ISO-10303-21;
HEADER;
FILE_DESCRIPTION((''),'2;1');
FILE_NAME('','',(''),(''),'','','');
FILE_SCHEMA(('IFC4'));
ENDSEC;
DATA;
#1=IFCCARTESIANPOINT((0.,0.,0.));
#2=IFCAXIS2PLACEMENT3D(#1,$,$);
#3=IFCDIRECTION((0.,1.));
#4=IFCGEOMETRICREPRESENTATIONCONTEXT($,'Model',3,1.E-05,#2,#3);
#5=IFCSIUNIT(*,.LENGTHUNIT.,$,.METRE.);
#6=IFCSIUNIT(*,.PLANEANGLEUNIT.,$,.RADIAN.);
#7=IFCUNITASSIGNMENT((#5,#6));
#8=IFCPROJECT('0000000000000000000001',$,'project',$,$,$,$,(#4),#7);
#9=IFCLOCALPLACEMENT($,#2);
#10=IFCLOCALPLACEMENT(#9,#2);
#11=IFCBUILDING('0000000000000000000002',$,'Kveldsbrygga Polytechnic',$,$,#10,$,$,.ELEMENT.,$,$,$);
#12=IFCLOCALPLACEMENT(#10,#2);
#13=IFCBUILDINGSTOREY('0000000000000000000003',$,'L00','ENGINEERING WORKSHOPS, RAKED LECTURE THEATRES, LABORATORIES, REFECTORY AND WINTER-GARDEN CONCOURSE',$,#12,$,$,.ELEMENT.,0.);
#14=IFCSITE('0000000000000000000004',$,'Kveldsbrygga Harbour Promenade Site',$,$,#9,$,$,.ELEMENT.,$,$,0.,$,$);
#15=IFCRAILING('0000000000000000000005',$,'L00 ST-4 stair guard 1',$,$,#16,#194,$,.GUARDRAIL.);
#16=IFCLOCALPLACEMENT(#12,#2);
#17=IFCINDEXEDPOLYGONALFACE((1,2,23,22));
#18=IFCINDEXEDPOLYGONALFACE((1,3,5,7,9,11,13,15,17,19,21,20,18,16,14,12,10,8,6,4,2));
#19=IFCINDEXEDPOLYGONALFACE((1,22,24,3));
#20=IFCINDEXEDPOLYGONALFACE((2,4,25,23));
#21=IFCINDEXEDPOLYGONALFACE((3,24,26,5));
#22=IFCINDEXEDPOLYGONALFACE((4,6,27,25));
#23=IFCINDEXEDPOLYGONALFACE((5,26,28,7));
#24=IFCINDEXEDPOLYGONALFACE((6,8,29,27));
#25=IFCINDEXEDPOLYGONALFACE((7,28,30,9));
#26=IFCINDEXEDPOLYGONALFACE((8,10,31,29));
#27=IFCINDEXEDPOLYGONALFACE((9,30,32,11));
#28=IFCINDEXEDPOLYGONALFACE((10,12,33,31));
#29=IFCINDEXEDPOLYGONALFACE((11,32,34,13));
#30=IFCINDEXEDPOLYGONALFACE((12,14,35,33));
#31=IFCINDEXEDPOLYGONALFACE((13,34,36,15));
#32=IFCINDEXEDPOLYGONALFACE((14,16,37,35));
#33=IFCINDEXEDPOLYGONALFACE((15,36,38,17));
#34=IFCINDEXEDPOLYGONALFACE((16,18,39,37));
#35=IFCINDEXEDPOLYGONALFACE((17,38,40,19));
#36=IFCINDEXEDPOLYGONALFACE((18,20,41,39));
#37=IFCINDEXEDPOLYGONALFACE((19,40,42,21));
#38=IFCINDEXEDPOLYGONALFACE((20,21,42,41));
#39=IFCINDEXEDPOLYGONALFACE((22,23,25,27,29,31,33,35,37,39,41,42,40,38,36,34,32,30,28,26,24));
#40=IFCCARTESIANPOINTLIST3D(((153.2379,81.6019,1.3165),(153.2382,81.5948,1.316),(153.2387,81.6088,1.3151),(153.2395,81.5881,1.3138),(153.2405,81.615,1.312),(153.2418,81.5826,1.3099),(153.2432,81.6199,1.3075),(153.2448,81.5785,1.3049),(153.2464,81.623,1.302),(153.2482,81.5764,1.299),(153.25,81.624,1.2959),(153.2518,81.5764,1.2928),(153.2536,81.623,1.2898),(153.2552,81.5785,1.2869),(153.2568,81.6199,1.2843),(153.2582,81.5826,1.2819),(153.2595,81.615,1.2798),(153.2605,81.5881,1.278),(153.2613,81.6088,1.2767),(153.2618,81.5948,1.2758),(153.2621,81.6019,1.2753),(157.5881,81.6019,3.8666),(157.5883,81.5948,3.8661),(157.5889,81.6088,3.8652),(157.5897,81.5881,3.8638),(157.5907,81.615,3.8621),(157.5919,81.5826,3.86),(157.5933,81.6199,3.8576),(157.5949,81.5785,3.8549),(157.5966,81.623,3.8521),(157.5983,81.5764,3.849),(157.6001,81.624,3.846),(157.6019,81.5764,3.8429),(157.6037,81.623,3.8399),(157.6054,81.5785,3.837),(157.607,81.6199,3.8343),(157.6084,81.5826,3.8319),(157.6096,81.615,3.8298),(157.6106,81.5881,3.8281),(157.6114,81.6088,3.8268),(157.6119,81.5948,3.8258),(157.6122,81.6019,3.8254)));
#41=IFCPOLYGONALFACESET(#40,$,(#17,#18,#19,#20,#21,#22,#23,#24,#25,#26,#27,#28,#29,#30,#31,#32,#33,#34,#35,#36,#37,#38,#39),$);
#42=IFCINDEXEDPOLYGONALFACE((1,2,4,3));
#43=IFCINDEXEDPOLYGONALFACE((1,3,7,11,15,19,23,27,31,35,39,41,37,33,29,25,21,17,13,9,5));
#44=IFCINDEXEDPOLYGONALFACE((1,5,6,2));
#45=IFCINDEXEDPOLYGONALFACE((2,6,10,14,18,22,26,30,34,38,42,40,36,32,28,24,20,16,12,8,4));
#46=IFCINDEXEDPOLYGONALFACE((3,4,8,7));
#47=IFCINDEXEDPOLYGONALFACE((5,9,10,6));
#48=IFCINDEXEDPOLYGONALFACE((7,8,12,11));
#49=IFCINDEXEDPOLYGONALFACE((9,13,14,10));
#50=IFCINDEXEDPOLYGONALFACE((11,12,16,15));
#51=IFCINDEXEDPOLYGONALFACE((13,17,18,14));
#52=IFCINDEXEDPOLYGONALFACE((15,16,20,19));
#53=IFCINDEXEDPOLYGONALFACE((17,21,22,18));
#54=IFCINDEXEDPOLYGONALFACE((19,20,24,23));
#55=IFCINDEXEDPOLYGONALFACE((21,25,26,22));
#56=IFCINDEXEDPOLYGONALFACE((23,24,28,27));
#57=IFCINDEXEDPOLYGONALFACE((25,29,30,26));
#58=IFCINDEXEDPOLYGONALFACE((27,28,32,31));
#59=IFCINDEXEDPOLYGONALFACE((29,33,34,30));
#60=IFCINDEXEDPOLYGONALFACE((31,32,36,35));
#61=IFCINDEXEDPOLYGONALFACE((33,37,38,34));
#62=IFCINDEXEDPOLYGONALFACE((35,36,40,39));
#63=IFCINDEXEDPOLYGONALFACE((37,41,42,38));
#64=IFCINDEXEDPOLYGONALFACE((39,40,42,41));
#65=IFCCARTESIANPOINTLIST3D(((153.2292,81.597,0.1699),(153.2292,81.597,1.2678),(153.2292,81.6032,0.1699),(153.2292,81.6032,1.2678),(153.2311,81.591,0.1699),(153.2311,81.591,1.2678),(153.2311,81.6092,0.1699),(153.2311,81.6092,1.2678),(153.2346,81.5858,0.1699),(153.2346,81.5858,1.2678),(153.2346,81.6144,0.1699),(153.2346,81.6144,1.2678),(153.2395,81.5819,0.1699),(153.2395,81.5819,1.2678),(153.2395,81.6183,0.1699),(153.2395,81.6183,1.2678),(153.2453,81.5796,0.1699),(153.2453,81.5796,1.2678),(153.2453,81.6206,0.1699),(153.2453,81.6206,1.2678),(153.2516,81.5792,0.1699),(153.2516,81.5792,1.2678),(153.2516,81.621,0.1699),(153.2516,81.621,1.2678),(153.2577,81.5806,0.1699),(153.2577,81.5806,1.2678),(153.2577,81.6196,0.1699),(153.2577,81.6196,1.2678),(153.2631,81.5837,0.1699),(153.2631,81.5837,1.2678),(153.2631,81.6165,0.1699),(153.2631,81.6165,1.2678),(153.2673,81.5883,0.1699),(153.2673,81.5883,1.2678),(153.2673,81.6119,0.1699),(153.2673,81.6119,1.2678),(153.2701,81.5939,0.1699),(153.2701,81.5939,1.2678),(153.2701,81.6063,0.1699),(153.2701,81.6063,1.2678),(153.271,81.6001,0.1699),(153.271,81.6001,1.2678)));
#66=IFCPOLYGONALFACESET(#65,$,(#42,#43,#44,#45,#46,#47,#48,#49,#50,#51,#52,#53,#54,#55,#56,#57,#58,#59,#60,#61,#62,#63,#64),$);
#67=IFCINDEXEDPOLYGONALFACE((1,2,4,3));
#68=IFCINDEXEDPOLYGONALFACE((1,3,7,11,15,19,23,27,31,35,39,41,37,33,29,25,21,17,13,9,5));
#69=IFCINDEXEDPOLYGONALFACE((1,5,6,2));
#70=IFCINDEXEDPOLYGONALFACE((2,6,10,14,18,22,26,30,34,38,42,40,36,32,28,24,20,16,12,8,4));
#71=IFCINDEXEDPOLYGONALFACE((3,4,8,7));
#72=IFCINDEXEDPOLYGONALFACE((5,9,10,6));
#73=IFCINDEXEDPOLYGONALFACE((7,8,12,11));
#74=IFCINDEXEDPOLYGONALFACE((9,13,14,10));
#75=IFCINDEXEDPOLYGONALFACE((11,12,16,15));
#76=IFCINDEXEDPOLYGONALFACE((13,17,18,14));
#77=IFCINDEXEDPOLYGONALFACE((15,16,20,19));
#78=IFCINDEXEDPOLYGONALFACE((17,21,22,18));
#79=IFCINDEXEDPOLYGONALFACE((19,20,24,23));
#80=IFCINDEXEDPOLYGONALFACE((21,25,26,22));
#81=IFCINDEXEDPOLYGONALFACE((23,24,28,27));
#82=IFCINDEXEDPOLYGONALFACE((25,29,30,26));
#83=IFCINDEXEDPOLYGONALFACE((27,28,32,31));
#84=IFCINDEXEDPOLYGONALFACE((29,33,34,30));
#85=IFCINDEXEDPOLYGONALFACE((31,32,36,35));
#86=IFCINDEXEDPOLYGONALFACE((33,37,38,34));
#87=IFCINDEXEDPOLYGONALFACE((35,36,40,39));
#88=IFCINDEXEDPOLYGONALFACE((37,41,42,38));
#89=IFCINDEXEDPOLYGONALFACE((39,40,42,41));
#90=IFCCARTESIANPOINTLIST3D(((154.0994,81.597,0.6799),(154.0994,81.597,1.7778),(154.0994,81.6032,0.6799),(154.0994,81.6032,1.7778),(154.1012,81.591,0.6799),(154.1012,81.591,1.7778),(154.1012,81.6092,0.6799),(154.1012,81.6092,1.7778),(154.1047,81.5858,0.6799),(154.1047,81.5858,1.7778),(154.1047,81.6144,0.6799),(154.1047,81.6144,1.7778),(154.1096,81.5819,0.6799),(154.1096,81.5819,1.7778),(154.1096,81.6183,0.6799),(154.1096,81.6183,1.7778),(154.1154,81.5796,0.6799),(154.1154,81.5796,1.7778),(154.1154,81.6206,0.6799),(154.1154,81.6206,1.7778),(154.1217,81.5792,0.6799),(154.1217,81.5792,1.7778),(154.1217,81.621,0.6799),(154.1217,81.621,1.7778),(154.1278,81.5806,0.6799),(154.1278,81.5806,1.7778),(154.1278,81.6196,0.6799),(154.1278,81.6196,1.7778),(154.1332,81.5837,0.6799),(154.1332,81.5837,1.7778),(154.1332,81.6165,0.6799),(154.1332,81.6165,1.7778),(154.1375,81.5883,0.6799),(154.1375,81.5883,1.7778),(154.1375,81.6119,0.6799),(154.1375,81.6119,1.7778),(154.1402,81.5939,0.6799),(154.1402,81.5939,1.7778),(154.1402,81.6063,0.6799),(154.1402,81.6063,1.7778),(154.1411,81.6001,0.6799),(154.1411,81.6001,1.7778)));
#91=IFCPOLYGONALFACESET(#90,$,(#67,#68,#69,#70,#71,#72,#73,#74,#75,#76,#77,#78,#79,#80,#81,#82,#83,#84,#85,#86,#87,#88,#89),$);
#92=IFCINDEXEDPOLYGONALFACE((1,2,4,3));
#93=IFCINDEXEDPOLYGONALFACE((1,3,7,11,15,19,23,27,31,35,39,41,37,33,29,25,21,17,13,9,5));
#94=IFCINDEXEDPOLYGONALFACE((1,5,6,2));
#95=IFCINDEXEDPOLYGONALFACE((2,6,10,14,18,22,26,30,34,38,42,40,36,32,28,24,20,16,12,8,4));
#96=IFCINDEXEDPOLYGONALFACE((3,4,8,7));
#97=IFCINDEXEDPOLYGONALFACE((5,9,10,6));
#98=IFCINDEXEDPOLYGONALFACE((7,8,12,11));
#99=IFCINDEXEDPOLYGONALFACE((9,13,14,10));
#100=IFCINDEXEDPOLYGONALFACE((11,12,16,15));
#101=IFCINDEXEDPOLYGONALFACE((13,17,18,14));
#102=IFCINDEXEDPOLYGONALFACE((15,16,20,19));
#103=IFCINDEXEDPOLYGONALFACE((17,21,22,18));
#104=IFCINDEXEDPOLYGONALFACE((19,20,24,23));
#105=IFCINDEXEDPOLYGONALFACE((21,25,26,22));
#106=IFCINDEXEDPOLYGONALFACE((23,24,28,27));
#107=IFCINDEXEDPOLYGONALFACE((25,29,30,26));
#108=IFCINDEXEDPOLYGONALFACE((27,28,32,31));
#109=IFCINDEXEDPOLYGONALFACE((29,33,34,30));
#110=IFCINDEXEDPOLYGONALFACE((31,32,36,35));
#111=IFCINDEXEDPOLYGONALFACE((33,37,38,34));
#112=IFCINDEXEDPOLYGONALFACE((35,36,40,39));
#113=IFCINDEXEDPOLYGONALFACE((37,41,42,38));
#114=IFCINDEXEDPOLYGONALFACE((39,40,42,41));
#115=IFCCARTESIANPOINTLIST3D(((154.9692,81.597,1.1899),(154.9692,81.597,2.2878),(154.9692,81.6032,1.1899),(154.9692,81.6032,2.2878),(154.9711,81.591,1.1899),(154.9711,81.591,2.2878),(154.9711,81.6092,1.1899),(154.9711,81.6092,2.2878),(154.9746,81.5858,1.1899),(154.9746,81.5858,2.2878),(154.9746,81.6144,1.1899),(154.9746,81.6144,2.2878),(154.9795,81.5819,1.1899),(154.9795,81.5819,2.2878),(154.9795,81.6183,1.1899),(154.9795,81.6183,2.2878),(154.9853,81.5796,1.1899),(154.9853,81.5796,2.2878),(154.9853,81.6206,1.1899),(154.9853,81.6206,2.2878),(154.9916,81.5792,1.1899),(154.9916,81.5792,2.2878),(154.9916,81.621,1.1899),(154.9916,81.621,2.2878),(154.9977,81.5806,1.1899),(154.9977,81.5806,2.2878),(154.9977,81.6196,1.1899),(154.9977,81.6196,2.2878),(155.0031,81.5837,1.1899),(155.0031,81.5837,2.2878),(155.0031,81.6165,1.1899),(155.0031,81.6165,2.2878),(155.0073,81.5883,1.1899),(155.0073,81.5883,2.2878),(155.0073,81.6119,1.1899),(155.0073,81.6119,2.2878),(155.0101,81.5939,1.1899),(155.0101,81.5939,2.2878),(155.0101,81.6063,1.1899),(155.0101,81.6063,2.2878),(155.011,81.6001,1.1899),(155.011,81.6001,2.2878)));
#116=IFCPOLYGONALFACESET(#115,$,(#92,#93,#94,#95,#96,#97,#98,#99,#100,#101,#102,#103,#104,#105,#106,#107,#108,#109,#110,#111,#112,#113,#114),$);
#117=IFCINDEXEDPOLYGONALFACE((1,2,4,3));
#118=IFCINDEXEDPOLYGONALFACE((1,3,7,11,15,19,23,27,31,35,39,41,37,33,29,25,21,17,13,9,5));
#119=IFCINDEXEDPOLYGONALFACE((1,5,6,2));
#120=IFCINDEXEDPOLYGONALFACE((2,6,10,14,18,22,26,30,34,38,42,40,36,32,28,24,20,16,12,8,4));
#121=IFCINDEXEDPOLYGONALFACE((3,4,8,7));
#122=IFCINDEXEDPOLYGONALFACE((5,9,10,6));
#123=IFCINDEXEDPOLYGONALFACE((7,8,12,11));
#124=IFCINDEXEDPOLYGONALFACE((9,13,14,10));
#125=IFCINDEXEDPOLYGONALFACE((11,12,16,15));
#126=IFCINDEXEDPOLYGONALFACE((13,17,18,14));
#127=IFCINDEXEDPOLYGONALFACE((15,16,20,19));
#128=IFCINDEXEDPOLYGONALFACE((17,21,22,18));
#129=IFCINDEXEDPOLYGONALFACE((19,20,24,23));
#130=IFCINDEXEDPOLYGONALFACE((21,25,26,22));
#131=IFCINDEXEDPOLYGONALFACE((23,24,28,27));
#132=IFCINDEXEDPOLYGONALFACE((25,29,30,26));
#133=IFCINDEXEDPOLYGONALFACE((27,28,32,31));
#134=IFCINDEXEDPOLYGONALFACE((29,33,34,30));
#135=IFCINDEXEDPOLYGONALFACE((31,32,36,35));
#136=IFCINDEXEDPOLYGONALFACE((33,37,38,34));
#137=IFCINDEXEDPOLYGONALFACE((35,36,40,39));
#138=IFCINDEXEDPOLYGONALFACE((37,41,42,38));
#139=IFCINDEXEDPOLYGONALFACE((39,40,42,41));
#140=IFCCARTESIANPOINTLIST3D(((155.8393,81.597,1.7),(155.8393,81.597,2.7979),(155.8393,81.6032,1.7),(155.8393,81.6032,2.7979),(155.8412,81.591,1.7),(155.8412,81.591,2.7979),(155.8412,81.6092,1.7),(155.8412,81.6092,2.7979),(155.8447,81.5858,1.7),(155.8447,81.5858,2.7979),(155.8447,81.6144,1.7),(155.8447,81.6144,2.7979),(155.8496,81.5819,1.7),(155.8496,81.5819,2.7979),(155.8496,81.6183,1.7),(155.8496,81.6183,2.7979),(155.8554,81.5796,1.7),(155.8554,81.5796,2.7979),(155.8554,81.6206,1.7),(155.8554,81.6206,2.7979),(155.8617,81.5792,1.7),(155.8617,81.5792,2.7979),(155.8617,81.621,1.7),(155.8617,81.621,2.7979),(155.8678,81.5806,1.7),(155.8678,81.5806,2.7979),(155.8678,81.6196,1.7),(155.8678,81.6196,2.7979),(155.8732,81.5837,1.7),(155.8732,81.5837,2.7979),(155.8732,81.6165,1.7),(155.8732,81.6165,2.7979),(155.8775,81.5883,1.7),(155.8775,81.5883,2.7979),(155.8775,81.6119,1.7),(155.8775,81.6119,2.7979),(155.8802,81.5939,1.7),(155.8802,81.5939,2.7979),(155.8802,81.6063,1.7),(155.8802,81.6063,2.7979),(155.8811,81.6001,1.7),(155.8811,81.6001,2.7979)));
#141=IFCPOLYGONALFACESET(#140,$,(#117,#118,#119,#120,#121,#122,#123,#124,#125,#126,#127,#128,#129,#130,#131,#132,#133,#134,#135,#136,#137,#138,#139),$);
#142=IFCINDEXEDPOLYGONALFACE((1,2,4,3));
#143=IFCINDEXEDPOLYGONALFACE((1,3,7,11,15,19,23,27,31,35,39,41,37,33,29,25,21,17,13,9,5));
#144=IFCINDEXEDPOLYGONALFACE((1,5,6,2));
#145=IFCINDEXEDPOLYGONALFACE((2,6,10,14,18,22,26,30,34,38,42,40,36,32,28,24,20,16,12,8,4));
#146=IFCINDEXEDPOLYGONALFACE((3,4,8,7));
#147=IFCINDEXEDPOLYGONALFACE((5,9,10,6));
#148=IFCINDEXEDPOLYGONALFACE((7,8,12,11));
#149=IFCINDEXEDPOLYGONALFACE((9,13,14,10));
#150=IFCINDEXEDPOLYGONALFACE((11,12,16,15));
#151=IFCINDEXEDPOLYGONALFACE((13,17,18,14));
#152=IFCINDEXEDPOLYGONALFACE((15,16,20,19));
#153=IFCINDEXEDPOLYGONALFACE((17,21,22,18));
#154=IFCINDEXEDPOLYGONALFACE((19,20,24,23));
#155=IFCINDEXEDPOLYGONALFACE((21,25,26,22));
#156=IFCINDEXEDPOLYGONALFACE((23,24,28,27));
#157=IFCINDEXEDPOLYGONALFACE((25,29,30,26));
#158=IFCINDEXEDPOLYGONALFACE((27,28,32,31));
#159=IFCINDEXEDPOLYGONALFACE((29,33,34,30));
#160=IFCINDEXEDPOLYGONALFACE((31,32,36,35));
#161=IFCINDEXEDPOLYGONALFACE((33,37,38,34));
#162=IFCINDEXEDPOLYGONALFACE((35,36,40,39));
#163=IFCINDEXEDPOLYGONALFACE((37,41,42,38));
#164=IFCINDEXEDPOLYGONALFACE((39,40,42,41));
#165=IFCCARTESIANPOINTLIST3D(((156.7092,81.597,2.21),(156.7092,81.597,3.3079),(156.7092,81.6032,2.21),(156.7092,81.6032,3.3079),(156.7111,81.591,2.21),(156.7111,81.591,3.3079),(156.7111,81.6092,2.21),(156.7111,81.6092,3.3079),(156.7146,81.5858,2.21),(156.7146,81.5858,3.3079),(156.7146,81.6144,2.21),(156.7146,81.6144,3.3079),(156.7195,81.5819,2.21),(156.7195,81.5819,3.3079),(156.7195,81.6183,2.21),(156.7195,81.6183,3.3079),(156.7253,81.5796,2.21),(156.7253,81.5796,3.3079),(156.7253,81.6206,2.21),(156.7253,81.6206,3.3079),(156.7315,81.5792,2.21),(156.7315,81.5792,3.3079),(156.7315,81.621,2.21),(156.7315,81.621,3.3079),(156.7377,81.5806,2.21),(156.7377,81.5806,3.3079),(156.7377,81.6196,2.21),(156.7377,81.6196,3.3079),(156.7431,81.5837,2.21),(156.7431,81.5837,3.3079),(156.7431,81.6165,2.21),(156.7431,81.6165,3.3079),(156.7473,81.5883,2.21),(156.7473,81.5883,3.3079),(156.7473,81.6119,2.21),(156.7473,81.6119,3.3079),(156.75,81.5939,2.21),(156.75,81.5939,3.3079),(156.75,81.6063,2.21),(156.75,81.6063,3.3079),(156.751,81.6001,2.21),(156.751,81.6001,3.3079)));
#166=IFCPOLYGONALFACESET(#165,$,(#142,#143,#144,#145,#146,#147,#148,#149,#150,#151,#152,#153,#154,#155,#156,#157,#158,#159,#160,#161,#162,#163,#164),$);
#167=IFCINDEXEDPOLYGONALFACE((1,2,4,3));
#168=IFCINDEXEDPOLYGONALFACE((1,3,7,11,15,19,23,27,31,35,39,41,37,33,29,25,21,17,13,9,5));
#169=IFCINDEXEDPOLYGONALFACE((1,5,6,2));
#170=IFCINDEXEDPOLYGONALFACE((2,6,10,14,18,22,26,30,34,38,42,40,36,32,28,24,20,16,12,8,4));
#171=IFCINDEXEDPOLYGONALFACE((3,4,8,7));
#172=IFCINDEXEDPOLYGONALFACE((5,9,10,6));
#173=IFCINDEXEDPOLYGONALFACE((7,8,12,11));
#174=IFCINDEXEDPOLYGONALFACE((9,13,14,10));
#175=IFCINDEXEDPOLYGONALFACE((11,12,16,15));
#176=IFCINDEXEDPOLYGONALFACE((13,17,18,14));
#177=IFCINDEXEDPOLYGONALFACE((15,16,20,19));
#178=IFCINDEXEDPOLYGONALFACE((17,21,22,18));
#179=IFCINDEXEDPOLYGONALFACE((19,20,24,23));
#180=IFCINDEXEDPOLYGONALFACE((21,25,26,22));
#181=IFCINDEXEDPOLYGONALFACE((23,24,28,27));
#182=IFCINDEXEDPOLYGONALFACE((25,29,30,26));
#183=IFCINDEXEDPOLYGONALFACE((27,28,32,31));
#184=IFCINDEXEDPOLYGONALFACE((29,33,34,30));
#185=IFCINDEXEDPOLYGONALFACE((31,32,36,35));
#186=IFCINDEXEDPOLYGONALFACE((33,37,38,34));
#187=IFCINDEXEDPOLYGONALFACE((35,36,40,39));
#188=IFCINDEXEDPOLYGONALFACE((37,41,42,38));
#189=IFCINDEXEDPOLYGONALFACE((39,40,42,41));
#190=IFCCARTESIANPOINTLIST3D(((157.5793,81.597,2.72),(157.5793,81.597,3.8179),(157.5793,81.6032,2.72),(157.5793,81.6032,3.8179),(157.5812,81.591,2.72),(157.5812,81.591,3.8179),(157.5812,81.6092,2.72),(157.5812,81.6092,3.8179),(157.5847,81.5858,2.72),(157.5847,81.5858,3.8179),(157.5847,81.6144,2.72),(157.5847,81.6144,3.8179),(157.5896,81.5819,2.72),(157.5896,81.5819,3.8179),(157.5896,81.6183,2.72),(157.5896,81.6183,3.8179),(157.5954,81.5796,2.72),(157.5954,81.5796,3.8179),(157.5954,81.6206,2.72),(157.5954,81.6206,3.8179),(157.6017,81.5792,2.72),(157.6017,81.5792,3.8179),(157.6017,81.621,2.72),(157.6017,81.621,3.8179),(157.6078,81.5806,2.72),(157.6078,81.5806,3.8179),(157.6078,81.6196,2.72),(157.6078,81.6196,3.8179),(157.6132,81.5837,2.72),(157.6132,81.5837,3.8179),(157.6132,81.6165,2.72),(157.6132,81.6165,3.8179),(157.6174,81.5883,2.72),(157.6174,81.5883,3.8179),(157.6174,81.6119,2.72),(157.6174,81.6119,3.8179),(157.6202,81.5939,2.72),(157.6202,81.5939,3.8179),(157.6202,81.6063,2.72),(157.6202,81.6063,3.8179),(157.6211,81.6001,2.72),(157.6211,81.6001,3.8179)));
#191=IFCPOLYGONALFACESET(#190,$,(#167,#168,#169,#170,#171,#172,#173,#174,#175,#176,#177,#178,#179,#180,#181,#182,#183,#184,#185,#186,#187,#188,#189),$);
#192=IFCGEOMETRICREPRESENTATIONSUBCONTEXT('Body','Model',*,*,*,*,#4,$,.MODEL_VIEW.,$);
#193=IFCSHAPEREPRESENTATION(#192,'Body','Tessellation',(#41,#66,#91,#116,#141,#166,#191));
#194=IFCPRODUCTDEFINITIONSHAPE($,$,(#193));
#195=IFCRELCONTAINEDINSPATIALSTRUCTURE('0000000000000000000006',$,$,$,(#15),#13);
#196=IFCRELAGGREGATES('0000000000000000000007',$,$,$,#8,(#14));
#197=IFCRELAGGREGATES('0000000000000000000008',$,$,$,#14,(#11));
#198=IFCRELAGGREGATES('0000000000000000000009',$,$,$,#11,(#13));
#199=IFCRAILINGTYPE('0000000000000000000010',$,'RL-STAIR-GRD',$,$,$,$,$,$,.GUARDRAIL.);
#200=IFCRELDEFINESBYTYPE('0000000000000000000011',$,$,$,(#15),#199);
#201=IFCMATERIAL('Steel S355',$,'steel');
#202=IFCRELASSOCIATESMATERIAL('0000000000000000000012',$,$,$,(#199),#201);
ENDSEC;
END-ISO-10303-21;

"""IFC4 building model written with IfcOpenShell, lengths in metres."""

from ifc_helpers import new_model, si_unit, direction, frame, origin, origin_2d, place, context, subcontext, project, spatial, circle, extrude, material, type_object, element, save


model = new_model("IFC4")

# Units and contexts
model_context = context("Model", 3, precision=1e-05, world=origin(), true_north=direction((0.0, 1.0)))
body_context = subcontext(model_context, "Body", "Model", "MODEL_VIEW")
ifc_project = project(units=[si_unit("LENGTHUNIT", "METRE"), si_unit("PLANEANGLEUNIT", "RADIAN")], contexts=[model_context])

# Site, building, storey
site_placement = place(None, origin())
site = spatial("IfcSite", under=ifc_project, at=site_placement, Name="Kveldsbrygga Harbour Promenade Site", CompositionType="ELEMENT", RefElevation=0.0)
building_placement = place(site_placement, origin())
building = spatial("IfcBuilding", under=site, at=building_placement, Name="Kveldsbrygga Polytechnic", CompositionType="ELEMENT")
storey_placement = place(building_placement, origin())
storey = spatial("IfcBuildingStorey", under=building, at=storey_placement, Name="L00", Description="ENGINEERING WORKSHOPS, RAKED LECTURE THEATRES, LABORATORIES, REFECTORY AND WINTER-GARDEN CONCOURSE", CompositionType="ELEMENT", Elevation=0.0)

# Shared definitions
ifc_material_1 = material(Name="Steel S355", Category="steel")

# Railing
railing_type_1 = type_object("IfcRailingType", Name="RL-STAIR-GRD", PredefinedType="GUARDRAIL", material=ifc_material_1)
railing_1_placement = place(storey_placement, frame((153.25, 81.6001, 0.1699)))
element("IfcRailing", 1, at=railing_1_placement, inside=storey, type_object=railing_type_1, Name="L00 ST-4 stair guard 1", PredefinedType="GUARDRAIL", context=body_context, shape_type="SweptSolid", body=[
    extrude(circle(Radius=0.0239, at=origin_2d()), frame((0.0, 0.0, 1.126), z_axis=(0.862699, 0.0, 0.505718), x_axis=(0.0, 1.0, 0.0)), (0.0, 0.0, 1.0), 5.0425),
    extrude(circle(Radius=0.021, at=origin_2d()), origin(), (0.0, 0.0, 1.0), 1.0979),
    extrude(circle(Radius=0.021, at=origin_2d()), frame((0.8701, 0.0, 0.51)), (0.0, 0.0, 1.0), 1.0979),
    extrude(circle(Radius=0.021, at=origin_2d()), frame((1.74, 0.0, 1.02)), (0.0, 0.0, 1.0), 1.0979),
    extrude(circle(Radius=0.021, at=origin_2d()), frame((2.6101, 0.0, 1.53)), (0.0, 0.0, 1.0), 1.0979),
    extrude(circle(Radius=0.021, at=origin_2d()), frame((3.48, 0.0, 2.04)), (0.0, 0.0, 1.0), 1.0979),
    extrude(circle(Radius=0.021, at=origin_2d()), frame((4.3501, 0.0, 2.55)), (0.0, 0.0, 1.0), 1.0979),
])

save(model, "model.ifc")
